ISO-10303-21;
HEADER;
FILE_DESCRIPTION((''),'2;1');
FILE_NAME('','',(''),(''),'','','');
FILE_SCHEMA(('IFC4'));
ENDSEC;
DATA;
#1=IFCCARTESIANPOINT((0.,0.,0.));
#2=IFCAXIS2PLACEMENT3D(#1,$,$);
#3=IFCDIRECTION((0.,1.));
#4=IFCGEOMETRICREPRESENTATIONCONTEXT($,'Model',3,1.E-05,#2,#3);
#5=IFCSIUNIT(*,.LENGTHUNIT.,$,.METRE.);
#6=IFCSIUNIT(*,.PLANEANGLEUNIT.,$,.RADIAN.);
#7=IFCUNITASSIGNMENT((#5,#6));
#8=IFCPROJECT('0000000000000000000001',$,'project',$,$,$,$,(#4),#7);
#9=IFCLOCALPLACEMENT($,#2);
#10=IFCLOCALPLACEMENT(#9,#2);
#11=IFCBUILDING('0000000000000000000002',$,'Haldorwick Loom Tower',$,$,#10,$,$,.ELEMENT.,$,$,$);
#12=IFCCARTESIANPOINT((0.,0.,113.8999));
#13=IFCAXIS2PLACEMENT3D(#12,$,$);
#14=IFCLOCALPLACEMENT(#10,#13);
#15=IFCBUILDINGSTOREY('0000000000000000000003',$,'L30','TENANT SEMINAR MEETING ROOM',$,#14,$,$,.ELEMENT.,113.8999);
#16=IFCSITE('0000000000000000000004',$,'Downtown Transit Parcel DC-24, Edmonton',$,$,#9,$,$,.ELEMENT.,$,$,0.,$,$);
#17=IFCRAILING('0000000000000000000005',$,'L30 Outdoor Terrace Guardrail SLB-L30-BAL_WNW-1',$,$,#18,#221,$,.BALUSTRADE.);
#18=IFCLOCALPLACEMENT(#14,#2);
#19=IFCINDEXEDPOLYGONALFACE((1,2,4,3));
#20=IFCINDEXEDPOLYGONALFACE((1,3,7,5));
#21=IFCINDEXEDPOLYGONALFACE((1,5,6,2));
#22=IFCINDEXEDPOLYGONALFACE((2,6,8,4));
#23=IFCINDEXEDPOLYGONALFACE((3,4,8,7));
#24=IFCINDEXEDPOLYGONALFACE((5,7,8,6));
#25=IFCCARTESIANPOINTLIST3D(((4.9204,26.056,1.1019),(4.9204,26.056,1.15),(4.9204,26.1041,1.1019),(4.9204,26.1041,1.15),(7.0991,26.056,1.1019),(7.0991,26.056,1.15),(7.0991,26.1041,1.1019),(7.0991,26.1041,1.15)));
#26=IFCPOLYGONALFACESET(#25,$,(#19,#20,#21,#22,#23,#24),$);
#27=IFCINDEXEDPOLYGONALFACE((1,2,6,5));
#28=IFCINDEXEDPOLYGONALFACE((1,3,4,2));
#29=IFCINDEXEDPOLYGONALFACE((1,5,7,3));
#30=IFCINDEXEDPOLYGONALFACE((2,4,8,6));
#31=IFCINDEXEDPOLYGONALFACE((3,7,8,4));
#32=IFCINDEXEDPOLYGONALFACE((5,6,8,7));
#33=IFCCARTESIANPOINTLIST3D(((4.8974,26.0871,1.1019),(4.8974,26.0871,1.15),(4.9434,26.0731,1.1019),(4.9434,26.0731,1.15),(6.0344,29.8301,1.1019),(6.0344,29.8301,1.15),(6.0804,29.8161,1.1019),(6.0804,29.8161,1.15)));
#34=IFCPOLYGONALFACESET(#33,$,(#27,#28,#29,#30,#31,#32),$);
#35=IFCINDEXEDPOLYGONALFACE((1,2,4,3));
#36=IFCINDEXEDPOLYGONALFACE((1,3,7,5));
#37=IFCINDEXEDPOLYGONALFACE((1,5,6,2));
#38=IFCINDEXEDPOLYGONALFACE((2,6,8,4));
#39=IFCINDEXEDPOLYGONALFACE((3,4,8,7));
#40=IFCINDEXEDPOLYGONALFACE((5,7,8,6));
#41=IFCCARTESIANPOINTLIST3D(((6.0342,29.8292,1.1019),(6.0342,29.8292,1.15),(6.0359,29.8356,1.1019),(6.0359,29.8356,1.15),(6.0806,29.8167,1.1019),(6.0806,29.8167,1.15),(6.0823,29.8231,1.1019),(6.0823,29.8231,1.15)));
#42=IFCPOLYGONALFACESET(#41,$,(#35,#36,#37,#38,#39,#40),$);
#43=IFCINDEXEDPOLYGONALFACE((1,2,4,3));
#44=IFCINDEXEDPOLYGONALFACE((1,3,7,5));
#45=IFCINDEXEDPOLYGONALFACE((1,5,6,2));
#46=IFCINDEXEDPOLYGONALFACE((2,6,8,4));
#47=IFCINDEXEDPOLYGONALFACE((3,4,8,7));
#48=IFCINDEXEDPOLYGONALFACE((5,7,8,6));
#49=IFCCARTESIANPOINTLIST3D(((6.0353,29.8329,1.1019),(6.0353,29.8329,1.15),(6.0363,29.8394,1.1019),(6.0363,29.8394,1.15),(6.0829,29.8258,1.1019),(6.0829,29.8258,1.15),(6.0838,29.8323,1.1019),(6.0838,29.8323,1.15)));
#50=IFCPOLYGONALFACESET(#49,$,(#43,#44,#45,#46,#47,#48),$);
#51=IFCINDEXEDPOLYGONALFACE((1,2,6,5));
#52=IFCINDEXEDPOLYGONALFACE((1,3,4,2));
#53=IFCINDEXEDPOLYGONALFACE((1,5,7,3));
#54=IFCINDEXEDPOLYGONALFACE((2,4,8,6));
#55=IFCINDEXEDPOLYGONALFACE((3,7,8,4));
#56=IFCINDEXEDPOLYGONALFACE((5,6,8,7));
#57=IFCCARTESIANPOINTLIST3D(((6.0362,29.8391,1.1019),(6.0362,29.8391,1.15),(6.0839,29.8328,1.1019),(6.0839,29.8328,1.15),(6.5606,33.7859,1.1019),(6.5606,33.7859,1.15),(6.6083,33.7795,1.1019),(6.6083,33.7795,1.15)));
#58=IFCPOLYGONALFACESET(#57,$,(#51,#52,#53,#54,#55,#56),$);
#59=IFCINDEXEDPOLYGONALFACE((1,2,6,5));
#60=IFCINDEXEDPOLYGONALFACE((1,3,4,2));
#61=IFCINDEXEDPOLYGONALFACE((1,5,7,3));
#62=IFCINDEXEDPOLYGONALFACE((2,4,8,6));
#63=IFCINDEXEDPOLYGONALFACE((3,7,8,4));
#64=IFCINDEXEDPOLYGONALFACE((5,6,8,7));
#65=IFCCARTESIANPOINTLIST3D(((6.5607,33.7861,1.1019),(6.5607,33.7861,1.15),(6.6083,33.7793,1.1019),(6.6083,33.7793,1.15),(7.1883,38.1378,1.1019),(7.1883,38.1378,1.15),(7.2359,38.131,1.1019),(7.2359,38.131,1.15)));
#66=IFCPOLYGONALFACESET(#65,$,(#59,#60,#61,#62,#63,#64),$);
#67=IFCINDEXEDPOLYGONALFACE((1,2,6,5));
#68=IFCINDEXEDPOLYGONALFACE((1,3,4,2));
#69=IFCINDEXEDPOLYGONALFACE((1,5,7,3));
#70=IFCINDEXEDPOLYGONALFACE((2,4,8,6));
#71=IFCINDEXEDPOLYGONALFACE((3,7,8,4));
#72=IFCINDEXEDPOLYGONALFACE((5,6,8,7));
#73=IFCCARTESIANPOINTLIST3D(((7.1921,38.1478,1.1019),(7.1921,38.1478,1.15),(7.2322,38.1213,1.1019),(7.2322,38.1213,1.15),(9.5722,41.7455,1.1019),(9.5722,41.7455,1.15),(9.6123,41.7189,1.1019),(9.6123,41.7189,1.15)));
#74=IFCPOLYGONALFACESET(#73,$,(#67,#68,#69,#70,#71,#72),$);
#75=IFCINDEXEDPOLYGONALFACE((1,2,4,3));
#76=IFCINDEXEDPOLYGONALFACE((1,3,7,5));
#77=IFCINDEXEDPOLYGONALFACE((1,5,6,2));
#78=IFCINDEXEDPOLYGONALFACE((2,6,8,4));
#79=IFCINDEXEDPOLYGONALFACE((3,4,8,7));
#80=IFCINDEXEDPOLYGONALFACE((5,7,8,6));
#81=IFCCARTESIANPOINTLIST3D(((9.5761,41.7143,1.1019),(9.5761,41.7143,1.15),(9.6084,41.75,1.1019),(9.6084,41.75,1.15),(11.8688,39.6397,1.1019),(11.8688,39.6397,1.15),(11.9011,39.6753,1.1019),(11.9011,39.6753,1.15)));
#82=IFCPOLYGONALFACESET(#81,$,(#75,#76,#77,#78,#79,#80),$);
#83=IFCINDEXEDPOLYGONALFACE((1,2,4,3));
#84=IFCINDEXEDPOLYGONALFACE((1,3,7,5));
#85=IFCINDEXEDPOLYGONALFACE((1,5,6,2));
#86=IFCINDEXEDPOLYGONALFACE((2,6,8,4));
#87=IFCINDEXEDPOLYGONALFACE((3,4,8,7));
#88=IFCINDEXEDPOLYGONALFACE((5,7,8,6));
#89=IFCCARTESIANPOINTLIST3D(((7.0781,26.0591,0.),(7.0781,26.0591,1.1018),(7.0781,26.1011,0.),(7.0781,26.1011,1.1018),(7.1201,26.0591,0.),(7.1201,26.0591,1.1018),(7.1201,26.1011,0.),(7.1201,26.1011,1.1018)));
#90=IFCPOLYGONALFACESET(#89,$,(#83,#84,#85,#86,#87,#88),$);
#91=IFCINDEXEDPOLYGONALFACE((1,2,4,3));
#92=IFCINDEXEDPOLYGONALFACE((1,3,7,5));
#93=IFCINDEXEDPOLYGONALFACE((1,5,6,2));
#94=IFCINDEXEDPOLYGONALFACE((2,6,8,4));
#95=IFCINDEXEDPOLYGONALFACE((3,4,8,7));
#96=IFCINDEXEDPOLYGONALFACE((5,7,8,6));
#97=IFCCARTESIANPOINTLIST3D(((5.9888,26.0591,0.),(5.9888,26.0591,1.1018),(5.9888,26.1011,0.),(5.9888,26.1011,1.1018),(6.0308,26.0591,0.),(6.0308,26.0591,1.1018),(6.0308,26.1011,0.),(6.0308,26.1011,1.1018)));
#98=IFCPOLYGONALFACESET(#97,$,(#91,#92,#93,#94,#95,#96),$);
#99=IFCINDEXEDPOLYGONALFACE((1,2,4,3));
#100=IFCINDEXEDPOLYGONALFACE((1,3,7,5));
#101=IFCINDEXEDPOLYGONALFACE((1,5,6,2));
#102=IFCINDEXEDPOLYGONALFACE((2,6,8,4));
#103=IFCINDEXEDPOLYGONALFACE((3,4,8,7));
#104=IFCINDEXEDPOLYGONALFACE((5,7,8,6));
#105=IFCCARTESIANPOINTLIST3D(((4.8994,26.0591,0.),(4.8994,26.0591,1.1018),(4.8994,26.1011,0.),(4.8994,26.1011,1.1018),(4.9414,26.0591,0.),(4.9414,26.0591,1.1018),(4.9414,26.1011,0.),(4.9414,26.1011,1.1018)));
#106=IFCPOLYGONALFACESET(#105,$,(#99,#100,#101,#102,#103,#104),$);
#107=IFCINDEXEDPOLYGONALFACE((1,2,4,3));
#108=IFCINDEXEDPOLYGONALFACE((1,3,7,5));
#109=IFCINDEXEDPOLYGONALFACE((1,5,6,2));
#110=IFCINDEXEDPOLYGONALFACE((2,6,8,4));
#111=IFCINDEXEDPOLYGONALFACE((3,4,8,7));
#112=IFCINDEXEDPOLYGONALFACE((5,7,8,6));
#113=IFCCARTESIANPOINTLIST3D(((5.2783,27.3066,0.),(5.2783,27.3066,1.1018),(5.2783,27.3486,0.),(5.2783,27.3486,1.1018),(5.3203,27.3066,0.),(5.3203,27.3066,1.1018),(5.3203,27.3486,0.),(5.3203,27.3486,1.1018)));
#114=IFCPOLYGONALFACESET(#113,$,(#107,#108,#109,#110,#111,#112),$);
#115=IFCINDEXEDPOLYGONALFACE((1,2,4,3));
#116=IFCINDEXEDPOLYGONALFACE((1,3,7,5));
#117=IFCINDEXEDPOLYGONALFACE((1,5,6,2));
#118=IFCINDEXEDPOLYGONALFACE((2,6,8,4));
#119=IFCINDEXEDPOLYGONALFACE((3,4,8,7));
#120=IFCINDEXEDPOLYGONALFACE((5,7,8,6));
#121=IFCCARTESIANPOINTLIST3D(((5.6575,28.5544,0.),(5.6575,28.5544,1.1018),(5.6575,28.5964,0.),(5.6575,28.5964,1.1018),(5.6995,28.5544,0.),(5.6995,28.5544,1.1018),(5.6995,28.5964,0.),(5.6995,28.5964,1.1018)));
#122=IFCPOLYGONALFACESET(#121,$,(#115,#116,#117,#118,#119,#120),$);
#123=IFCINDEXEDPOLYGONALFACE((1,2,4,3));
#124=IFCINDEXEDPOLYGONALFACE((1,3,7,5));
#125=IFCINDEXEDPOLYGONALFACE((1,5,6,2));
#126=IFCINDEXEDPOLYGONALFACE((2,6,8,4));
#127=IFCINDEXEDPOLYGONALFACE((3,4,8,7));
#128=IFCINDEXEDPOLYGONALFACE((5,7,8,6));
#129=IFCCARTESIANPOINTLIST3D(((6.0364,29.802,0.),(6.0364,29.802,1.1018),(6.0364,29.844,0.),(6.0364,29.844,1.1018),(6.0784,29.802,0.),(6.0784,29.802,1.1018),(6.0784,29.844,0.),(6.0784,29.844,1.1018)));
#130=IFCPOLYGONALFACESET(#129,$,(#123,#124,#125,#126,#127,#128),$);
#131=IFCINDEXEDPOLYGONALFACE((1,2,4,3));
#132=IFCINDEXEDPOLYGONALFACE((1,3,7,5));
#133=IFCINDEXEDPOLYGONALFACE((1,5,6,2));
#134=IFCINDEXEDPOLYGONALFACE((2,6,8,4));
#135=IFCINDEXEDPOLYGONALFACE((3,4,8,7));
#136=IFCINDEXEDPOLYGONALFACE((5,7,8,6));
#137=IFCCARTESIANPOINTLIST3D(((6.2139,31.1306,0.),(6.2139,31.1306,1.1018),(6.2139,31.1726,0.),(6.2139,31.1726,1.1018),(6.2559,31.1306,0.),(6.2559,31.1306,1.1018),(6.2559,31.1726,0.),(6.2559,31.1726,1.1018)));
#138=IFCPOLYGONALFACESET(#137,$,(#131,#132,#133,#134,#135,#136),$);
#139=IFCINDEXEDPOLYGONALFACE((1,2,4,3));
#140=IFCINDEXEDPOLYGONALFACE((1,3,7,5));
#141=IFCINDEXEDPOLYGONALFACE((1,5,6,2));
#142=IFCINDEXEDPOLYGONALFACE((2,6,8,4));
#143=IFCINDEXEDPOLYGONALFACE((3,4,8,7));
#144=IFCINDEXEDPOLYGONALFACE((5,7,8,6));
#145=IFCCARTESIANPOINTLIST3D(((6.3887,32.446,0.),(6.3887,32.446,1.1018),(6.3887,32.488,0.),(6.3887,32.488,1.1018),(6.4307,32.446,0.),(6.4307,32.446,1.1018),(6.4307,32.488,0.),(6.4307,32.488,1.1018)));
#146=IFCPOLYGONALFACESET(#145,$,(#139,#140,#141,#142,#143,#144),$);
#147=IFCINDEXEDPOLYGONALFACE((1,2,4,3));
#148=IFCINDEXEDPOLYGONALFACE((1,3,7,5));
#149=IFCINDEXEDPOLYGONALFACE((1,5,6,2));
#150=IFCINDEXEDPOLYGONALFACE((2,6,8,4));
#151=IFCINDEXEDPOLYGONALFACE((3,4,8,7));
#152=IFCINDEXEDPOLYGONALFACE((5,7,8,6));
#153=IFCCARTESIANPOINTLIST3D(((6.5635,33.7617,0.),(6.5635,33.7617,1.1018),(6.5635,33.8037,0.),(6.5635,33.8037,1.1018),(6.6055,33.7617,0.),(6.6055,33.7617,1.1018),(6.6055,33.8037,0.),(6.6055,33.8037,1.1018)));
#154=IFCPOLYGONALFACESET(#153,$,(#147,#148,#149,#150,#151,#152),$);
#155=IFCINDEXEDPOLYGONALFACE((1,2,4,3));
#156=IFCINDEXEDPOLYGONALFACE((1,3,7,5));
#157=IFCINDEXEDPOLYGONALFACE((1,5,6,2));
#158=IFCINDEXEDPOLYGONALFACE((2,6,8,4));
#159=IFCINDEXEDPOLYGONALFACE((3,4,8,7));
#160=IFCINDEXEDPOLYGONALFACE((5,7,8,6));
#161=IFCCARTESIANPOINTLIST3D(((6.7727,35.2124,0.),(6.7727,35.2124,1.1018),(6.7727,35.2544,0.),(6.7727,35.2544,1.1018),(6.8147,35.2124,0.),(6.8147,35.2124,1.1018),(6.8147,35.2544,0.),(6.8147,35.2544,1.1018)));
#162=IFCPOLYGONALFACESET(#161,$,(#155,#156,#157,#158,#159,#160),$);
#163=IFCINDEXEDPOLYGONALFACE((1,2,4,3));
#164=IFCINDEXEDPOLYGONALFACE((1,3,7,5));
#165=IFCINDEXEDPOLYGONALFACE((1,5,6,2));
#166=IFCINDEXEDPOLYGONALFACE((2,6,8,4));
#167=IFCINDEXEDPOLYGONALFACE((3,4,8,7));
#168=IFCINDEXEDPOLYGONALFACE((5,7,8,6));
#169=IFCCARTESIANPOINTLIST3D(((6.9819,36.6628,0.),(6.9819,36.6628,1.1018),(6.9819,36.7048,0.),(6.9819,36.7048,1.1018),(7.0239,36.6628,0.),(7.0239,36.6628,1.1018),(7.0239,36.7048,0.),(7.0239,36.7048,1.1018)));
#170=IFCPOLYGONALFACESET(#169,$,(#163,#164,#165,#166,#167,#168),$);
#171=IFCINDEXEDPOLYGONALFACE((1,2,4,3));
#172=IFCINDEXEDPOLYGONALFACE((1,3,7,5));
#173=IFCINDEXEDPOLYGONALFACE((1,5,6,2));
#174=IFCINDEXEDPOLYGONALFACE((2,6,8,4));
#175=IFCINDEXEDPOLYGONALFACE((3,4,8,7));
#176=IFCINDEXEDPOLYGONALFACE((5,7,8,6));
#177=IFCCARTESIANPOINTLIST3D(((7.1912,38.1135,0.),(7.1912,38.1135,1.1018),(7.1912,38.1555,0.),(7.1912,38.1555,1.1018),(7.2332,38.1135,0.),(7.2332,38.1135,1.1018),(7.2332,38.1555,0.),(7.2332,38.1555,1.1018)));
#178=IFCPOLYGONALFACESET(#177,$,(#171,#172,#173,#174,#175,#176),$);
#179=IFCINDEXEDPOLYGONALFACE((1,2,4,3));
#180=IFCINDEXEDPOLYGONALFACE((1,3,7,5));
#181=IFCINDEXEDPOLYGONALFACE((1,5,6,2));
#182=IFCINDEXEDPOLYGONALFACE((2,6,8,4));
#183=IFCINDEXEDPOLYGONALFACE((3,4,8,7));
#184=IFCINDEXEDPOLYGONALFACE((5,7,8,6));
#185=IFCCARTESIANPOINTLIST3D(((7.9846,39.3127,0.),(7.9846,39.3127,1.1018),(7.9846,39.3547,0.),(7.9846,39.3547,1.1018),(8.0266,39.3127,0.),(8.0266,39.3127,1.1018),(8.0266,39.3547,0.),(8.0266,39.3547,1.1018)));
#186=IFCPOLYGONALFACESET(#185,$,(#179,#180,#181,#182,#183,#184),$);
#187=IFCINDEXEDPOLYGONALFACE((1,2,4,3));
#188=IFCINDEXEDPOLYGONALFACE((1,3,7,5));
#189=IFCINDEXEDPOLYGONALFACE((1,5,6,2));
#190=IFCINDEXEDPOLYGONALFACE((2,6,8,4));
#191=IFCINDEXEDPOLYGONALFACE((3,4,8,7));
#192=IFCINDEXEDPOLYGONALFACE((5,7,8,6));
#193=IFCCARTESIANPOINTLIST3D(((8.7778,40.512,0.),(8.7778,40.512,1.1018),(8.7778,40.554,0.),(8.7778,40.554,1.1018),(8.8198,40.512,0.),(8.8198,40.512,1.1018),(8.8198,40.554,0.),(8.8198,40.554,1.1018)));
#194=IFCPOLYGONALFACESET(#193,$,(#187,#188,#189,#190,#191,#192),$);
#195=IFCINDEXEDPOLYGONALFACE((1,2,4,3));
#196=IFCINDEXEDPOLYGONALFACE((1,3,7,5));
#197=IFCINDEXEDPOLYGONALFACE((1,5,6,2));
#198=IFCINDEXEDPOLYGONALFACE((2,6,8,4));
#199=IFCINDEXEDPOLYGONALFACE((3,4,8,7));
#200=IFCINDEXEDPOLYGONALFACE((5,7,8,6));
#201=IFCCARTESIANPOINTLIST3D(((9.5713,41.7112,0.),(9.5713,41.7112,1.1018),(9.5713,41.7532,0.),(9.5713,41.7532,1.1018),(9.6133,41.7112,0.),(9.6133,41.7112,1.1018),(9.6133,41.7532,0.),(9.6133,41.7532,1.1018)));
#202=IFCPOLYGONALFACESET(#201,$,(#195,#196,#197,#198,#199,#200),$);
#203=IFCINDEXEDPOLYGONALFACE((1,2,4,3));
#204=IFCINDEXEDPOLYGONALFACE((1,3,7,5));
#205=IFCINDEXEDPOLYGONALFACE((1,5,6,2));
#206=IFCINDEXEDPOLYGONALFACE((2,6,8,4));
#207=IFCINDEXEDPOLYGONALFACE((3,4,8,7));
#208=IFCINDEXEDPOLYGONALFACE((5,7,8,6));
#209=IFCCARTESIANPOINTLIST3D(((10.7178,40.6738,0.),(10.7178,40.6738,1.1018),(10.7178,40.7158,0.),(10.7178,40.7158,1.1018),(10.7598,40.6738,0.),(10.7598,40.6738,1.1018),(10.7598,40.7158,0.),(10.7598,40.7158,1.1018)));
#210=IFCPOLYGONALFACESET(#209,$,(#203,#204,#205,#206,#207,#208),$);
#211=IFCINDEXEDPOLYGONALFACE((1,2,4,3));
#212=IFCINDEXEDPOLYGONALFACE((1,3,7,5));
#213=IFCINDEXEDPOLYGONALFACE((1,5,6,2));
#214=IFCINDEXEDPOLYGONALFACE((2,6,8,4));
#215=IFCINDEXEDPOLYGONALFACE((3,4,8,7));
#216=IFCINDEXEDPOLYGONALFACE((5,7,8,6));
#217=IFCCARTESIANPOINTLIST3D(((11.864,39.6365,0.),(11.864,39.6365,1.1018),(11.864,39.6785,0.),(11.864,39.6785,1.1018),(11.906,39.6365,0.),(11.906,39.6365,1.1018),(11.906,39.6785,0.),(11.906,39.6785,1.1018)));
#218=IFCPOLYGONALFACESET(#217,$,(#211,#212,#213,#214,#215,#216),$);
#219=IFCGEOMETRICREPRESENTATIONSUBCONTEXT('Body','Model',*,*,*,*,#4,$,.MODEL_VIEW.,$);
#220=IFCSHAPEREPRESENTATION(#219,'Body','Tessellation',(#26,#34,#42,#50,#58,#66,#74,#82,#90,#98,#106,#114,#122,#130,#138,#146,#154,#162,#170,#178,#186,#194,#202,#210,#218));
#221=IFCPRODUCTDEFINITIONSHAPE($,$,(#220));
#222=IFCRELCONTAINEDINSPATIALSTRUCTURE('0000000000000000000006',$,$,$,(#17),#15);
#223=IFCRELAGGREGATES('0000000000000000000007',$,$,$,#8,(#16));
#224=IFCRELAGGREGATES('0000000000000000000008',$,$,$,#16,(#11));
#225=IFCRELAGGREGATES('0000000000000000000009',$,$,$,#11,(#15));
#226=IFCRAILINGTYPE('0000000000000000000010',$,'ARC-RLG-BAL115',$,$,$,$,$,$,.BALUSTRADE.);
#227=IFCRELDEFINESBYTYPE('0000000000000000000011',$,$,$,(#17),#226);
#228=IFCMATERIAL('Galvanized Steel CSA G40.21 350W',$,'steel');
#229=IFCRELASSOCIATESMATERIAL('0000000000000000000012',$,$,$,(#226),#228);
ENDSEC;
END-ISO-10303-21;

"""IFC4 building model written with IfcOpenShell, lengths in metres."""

from ifc_helpers import new_model, si_unit, direction, frame, origin, origin_2d, place, context, subcontext, project, spatial, rectangle, extrude, material, type_object, element, save


model = new_model("IFC4")

# Units and contexts
model_context = context("Model", 3, precision=1e-05, world=origin(), true_north=direction((0.0, 1.0)))
body_context = subcontext(model_context, "Body", "Model", "MODEL_VIEW")
ifc_project = project(units=[si_unit("LENGTHUNIT", "METRE"), si_unit("PLANEANGLEUNIT", "RADIAN")], contexts=[model_context])

# Site, building, storey
site_placement = place(None, origin())
site = spatial("IfcSite", under=ifc_project, at=site_placement, Name="Downtown Transit Parcel DC-24, Edmonton", CompositionType="ELEMENT", RefElevation=0.0)
building_placement = place(site_placement, origin())
building = spatial("IfcBuilding", under=site, at=building_placement, Name="Haldorwick Loom Tower", CompositionType="ELEMENT")
storey_placement = place(building_placement, frame((0.0, 0.0, 113.8999)))
storey = spatial("IfcBuildingStorey", under=building, at=storey_placement, Name="L30", Description="TENANT SEMINAR MEETING ROOM", CompositionType="ELEMENT", Elevation=113.8999)

# Railing
ifc_material_1 = material(Name="Galvanized Steel CSA G40.21 350W", Category="steel")
railing_type = type_object("IfcRailingType", Name="ARC-RLG-BAL115", PredefinedType="BALUSTRADE", material=ifc_material_1)
railing_placement = place(storey_placement, frame((7.0991, 26.0801, 0.0)))
element("IfcRailing", 1, at=railing_placement, inside=storey, type_object=railing_type, Name="L30 Outdoor Terrace Guardrail SLB-L30-BAL_WNW-1", PredefinedType="BALUSTRADE", context=body_context, shape_type="SweptSolid", body=[
    extrude(rectangle(XDim=0.0481, YDim=0.0481, at=origin_2d()), frame((0.0, 0.0, 1.126), z_axis=(-1.0, 0.0, 0.0), x_axis=(0.0, -1.0, 0.0)), (0.0, 0.0, 1.0), 2.1787),
    extrude(rectangle(XDim=0.0481, YDim=0.0481, at=origin_2d()), frame((-2.1787, 0.0, 1.126), z_axis=(0.29065, 0.956829, 0.0), x_axis=(-0.956829, 0.29065, 0.0)), (0.0, 0.0, 1.0), 3.9119),
    extrude(rectangle(XDim=0.0481, YDim=0.0481, at=origin_2d()), frame((-1.0417, 3.7429, 1.126), z_axis=(0.259973, 0.965616, 0.0), x_axis=(-0.965616, 0.259973, 0.0)), (0.0, 0.0, 1.0), 0.0066),
    extrude(rectangle(XDim=0.0481, YDim=0.0481, at=origin_2d()), frame((-1.04, 3.7493, 1.126), z_axis=(0.146549, 0.989203, 0.0), x_axis=(-0.989203, 0.146549, 0.0)), (0.0, 0.0, 1.0), 0.0066),
    extrude(rectangle(XDim=0.0481, YDim=0.0481, at=origin_2d()), frame((-1.0391, 3.7559, 1.126), z_axis=(0.131714, 0.991288, 0.0), x_axis=(-0.991288, 0.131714, 0.0)), (0.0, 0.0, 1.0), 3.9814),
    extrude(rectangle(XDim=0.0481, YDim=0.0481, at=origin_2d()), frame((-0.5146, 7.7026, 1.126), z_axis=(0.142758, 0.989758, 0.0), x_axis=(-0.989758, 0.142758, 0.0)), (0.0, 0.0, 1.0), 4.3967),
    extrude(rectangle(XDim=0.0481, YDim=0.0481, at=origin_2d()), frame((0.113, 12.0544, 1.126), z_axis=(0.551758, 0.834004, 0.0), x_axis=(-0.834004, 0.551758, 0.0)), (0.0, 0.0, 1.0), 4.3137),
    extrude(rectangle(XDim=0.0481, YDim=0.0481, at=origin_2d()), frame((2.4932, 15.6521, 1.126), z_axis=(0.741482, -0.670973, 0.0), x_axis=(0.670973, 0.741482, 0.0)), (0.0, 0.0, 1.0), 3.092),
    extrude(rectangle(XDim=0.042, YDim=0.042, at=origin_2d()), origin(), (0.0, 0.0, 1.0), 1.1018),
    extrude(rectangle(XDim=0.042, YDim=0.042, at=origin_2d()), frame((-1.0894, 0.0, 0.0)), (0.0, 0.0, 1.0), 1.1018),
    extrude(rectangle(XDim=0.042, YDim=0.042, at=origin_2d()), frame((-2.1787, 0.0, 0.0)), (0.0, 0.0, 1.0), 1.1018),
    extrude(rectangle(XDim=0.042, YDim=0.042, at=origin_2d()), frame((-1.7998, 1.2476, 0.0)), (0.0, 0.0, 1.0), 1.1018),
    extrude(rectangle(XDim=0.042, YDim=0.042, at=origin_2d()), frame((-1.4207, 2.4954, 0.0)), (0.0, 0.0, 1.0), 1.1018),
    extrude(rectangle(XDim=0.042, YDim=0.042, at=origin_2d()), frame((-1.0417, 3.7429, 0.0)), (0.0, 0.0, 1.0), 1.1018),
    extrude(rectangle(XDim=0.042, YDim=0.042, at=origin_2d()), frame((-0.8643, 5.0715, 0.0)), (0.0, 0.0, 1.0), 1.1018),
    extrude(rectangle(XDim=0.042, YDim=0.042, at=origin_2d()), frame((-0.6895, 6.387, 0.0)), (0.0, 0.0, 1.0), 1.1018),
    extrude(rectangle(XDim=0.042, YDim=0.042, at=origin_2d()), frame((-0.5146, 7.7026, 0.0)), (0.0, 0.0, 1.0), 1.1018),
    extrude(rectangle(XDim=0.042, YDim=0.042, at=origin_2d()), frame((-0.3054, 9.1533, 0.0)), (0.0, 0.0, 1.0), 1.1018),
    extrude(rectangle(XDim=0.042, YDim=0.042, at=origin_2d()), frame((-0.0962, 10.6038, 0.0)), (0.0, 0.0, 1.0), 1.1018),
    extrude(rectangle(XDim=0.042, YDim=0.042, at=origin_2d()), frame((0.113, 12.0544, 0.0)), (0.0, 0.0, 1.0), 1.1018),
    extrude(rectangle(XDim=0.042, YDim=0.042, at=origin_2d()), frame((0.9065, 13.2537, 0.0)), (0.0, 0.0, 1.0), 1.1018),
    extrude(rectangle(XDim=0.042, YDim=0.042, at=origin_2d()), frame((1.6997, 14.4529, 0.0)), (0.0, 0.0, 1.0), 1.1018),
    extrude(rectangle(XDim=0.042, YDim=0.042, at=origin_2d()), frame((2.4932, 15.6521, 0.0)), (0.0, 0.0, 1.0), 1.1018),
    extrude(rectangle(XDim=0.042, YDim=0.042, at=origin_2d()), frame((3.6396, 14.6147, 0.0)), (0.0, 0.0, 1.0), 1.1018),
    extrude(rectangle(XDim=0.042, YDim=0.042, at=origin_2d()), frame((4.7859, 13.5774, 0.0)), (0.0, 0.0, 1.0), 1.1018),
])

save(model, "model.ifc")
